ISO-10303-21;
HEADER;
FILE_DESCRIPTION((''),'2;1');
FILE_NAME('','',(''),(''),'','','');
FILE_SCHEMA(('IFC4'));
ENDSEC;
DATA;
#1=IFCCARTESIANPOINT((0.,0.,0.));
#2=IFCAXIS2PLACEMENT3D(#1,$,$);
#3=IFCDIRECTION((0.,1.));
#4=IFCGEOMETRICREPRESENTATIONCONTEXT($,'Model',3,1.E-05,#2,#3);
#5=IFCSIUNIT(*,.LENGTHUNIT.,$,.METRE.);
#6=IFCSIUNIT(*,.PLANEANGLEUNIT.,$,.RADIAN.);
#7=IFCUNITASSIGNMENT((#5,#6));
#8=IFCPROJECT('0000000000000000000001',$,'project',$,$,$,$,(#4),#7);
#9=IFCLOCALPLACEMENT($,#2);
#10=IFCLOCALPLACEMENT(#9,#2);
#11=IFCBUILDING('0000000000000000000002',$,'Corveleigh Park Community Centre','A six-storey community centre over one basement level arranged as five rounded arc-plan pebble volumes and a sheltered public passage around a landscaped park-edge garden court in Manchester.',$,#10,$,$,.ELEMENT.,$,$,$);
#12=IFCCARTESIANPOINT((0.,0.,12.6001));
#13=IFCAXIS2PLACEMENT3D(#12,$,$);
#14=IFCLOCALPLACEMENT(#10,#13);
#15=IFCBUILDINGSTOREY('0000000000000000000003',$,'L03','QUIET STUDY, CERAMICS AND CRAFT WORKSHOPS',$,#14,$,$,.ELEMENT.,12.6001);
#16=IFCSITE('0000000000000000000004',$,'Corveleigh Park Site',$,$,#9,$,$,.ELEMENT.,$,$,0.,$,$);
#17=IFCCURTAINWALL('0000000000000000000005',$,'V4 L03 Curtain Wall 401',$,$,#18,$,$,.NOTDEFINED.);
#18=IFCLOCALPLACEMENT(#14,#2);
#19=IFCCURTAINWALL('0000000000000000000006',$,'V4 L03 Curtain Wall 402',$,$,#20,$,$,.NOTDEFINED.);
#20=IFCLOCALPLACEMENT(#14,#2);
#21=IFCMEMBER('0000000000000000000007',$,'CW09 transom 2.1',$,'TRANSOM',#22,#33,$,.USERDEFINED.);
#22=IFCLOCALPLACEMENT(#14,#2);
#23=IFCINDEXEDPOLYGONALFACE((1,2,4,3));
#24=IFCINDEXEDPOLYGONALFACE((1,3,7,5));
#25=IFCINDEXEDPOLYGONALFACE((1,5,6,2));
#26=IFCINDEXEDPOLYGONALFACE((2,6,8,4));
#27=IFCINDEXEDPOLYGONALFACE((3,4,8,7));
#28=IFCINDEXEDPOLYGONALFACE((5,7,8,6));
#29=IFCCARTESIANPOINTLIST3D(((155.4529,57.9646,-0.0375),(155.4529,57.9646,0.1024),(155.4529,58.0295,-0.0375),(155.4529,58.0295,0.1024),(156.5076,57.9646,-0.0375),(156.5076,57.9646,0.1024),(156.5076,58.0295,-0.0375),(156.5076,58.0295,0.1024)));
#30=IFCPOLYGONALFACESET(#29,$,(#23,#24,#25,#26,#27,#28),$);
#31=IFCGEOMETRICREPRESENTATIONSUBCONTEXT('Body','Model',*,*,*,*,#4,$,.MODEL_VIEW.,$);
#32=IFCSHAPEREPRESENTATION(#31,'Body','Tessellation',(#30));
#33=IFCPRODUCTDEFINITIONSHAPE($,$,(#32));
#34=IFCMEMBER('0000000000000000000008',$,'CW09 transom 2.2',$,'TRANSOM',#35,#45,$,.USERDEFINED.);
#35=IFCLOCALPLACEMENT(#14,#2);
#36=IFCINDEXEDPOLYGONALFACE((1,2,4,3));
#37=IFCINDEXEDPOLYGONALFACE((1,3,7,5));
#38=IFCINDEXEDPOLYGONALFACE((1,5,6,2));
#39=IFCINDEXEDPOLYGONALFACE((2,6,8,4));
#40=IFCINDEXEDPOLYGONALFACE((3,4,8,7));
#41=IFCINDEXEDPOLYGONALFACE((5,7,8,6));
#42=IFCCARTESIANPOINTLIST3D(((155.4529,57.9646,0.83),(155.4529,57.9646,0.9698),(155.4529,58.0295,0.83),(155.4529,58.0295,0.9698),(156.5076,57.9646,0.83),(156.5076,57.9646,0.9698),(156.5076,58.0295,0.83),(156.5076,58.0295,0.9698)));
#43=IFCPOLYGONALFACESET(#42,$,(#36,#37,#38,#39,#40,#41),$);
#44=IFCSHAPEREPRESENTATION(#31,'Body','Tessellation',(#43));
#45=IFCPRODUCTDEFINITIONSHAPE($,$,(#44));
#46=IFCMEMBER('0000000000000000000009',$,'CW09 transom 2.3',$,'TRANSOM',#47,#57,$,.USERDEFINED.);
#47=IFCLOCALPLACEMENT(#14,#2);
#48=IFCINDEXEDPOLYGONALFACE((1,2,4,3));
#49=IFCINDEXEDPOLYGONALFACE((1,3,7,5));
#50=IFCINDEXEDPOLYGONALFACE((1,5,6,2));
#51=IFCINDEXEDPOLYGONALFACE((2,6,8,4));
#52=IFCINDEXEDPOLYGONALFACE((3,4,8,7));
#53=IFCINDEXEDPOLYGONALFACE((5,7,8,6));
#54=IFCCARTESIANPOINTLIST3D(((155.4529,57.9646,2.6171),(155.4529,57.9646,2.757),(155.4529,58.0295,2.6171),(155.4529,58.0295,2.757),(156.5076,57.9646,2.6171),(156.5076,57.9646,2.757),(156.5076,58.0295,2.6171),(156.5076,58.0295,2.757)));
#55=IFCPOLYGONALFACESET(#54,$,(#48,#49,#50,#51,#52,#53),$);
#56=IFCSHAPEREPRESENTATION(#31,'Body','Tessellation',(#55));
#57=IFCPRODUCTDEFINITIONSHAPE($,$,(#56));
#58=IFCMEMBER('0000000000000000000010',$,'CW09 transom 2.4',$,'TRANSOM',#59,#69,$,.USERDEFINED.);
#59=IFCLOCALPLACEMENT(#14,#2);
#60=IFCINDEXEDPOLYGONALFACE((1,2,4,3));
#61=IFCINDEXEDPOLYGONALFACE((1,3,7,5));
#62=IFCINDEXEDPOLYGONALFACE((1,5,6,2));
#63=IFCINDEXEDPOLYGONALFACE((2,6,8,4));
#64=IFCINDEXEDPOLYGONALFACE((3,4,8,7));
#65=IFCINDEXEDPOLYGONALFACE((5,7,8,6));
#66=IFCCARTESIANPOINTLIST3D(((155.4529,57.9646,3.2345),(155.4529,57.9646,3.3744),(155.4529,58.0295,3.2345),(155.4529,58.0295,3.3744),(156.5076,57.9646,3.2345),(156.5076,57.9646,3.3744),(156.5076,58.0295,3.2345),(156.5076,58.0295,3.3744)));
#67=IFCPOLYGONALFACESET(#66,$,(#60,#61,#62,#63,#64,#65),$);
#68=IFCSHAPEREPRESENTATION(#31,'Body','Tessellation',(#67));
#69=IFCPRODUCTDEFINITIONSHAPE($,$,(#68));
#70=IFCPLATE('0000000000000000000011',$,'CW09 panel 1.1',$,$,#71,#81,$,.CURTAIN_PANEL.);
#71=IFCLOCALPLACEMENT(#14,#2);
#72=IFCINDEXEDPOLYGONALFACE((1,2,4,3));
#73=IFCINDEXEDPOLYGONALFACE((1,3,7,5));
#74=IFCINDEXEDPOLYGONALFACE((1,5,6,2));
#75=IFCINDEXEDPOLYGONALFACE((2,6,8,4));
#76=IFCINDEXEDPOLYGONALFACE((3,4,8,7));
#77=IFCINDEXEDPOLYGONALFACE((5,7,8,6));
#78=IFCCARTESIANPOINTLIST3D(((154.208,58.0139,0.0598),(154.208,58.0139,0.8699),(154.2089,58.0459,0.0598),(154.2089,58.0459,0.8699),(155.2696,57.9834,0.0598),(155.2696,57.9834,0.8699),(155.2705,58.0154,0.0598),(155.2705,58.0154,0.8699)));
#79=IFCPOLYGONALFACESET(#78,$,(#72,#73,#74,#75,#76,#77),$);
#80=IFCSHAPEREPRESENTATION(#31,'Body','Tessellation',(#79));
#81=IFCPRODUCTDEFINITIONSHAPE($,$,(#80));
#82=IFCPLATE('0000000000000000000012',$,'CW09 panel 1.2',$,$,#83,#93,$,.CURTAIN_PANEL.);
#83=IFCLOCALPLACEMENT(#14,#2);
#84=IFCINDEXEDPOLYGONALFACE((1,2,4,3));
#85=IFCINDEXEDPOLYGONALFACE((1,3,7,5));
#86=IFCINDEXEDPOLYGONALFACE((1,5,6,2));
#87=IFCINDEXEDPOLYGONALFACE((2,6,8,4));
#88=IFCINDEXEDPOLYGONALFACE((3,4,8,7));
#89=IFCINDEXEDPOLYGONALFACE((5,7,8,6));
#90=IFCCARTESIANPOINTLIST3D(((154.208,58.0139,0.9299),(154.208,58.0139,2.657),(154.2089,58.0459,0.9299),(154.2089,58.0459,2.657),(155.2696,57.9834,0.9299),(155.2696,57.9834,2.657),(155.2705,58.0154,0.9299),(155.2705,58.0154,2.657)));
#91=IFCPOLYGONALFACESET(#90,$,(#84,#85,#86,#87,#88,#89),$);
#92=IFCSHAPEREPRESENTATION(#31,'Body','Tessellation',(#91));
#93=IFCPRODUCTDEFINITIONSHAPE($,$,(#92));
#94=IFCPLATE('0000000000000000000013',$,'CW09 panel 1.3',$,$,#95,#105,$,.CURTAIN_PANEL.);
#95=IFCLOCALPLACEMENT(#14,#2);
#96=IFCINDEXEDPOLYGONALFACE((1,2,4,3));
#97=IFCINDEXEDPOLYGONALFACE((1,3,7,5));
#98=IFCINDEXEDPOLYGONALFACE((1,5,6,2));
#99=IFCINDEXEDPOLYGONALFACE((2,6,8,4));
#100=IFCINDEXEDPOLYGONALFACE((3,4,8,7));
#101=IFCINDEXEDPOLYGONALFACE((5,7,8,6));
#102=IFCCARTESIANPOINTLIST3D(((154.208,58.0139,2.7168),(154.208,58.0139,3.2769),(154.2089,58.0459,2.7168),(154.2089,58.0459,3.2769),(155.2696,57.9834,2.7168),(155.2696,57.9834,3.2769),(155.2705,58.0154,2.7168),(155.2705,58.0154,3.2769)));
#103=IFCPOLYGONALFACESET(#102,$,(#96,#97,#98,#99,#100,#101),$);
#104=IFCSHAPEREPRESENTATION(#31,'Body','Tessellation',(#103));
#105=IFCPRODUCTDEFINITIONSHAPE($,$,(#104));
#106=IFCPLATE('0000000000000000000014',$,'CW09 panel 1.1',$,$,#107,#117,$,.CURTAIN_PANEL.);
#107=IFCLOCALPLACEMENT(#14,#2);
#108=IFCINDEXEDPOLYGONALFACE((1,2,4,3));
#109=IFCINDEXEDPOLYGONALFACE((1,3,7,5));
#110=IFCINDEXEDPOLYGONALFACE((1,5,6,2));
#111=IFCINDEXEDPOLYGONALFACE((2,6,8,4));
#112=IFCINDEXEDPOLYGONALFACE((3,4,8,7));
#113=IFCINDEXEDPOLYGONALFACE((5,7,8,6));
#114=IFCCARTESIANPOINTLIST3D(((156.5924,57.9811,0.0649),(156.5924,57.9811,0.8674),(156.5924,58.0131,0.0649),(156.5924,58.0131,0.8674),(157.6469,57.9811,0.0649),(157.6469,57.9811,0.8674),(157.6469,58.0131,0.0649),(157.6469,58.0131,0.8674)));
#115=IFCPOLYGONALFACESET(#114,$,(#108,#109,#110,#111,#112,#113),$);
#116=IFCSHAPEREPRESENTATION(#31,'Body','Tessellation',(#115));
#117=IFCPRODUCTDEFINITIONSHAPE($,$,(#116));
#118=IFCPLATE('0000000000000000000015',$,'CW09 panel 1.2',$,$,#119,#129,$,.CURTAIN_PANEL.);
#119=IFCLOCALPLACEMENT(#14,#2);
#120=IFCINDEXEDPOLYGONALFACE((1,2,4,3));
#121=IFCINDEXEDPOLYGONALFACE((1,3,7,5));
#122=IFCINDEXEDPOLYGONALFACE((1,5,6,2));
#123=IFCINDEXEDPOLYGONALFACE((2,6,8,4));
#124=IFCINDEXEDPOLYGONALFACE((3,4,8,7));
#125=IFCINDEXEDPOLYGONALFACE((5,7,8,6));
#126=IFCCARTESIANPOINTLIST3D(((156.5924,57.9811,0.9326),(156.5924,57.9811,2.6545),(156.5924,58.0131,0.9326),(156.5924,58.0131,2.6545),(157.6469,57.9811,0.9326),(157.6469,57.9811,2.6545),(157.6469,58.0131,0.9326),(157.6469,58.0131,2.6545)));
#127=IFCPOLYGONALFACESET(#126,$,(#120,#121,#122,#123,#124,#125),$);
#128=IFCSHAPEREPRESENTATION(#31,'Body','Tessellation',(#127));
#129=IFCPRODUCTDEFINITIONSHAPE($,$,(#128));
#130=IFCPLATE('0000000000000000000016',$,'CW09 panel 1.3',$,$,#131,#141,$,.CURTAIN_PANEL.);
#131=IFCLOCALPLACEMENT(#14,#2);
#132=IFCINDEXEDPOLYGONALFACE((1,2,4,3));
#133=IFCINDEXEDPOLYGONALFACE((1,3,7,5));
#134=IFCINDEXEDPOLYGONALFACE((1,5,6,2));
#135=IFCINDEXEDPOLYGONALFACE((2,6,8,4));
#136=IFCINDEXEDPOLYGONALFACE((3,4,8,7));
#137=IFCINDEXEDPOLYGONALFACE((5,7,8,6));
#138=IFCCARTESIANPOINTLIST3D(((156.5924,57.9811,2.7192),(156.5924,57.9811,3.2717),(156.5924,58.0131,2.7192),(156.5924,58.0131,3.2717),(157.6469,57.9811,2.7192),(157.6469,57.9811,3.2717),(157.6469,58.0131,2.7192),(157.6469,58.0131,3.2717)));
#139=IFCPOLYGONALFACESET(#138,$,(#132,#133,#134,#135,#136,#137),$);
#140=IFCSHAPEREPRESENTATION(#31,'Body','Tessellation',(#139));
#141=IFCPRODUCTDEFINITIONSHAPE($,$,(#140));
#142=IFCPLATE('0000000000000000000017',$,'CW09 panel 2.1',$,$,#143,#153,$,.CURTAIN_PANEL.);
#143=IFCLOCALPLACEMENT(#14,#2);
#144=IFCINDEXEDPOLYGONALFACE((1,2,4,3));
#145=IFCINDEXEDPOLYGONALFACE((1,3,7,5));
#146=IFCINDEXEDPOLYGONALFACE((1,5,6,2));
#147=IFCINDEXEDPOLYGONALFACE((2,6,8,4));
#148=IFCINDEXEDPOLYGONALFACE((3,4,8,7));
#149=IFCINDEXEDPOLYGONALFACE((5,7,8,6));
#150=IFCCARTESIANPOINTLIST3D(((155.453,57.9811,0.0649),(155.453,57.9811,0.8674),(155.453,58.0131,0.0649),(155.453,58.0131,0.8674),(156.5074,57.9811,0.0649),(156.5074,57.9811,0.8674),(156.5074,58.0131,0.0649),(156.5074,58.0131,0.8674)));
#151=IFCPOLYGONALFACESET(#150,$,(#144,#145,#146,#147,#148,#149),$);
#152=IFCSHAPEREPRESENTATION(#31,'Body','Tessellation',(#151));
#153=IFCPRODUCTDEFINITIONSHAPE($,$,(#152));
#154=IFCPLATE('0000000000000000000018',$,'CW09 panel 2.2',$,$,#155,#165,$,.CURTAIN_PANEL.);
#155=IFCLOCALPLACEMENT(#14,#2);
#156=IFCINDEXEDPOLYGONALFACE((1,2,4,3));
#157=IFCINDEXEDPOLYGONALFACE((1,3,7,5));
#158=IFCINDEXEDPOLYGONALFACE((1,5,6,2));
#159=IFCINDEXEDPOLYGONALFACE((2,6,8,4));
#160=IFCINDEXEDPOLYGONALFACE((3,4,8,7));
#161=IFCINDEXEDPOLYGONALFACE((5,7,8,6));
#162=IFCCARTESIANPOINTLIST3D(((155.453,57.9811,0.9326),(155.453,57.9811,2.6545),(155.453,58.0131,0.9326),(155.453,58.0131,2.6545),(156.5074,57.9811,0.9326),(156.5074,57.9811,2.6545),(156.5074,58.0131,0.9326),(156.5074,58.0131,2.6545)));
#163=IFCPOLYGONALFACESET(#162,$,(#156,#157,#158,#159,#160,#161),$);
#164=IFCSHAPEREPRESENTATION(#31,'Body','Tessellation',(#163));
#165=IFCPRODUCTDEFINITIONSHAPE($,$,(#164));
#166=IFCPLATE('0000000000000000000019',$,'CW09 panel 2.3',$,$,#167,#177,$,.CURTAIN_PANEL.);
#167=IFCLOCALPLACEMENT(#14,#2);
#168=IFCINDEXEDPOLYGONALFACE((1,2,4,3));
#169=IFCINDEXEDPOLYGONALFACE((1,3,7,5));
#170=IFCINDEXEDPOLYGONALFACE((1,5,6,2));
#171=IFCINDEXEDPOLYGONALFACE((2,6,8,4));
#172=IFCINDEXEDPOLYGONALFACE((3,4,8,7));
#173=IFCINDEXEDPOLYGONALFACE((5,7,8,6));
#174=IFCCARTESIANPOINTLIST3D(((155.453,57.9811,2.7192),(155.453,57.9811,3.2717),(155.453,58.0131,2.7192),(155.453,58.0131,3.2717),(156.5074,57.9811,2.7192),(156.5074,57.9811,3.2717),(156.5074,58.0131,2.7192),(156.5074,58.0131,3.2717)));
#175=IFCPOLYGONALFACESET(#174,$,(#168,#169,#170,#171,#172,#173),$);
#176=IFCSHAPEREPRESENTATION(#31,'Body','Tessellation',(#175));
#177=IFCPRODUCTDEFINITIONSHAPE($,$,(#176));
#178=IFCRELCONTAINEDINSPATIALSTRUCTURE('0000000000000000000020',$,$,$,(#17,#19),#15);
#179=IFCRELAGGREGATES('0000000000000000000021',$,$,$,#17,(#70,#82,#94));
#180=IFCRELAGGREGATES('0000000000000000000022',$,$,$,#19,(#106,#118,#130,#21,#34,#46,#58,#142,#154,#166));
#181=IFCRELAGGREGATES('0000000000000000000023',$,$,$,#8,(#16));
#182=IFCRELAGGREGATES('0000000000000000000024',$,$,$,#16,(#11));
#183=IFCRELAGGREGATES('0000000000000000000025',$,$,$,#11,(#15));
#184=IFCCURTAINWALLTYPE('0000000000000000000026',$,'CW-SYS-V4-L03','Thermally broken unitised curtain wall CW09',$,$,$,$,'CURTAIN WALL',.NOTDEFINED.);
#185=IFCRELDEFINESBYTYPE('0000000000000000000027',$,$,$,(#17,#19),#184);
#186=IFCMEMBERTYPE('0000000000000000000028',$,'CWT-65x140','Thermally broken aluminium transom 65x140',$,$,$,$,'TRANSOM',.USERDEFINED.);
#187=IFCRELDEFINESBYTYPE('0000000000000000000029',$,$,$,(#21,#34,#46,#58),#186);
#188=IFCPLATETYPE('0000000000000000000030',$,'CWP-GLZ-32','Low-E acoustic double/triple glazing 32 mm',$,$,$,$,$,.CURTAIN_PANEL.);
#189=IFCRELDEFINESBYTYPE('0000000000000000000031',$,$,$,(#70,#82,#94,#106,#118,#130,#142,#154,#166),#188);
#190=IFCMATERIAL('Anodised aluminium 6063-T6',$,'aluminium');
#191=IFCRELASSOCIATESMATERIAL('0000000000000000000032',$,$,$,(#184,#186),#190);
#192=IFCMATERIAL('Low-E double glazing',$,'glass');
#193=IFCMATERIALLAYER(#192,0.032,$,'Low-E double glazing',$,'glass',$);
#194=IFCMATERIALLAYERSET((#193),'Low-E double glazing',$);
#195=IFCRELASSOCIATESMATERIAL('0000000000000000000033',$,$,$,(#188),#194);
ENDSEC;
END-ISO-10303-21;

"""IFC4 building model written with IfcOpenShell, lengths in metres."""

from ifc_helpers import new_model, si_unit, direction, frame, origin, origin_2d, place, context, subcontext, project, spatial, rectangle, extrude, material, layer, layer_set, material_profile, profile_set, type_object, element, aggregate, save


model = new_model("IFC4")

# Units and contexts
model_context = context("Model", 3, precision=1e-05, world=origin(), true_north=direction((0.0, 1.0)))
body_context = subcontext(model_context, "Body", "Model", "MODEL_VIEW")
ifc_project = project(units=[si_unit("LENGTHUNIT", "METRE"), si_unit("PLANEANGLEUNIT", "RADIAN")], contexts=[model_context])

# Site, building, storey
site_placement = place(None, origin())
site = spatial("IfcSite", under=ifc_project, at=site_placement, Name="Corveleigh Park Site", CompositionType="ELEMENT", RefElevation=0.0)
building_placement = place(site_placement, origin())
building = spatial("IfcBuilding", under=site, at=building_placement, Name="Corveleigh Park Community Centre", Description="A six-storey community centre over one basement level arranged as five rounded arc-plan pebble volumes and a sheltered public passage around a landscaped park-edge garden court in Manchester.", CompositionType="ELEMENT")
storey_placement = place(building_placement, frame((0.0, 0.0, 12.6001)))
storey = spatial("IfcBuildingStorey", under=building, at=storey_placement, Name="L03", Description="QUIET STUDY, CERAMICS AND CRAFT WORKSHOPS", CompositionType="ELEMENT", Elevation=12.6001)

# Curtain walls
ifc_material_1 = material(Name="Anodised aluminium 6063-T6", Category="aluminium")
curtain_wall_type = type_object("IfcCurtainWallType", Name="CW-SYS-V4-L03", Description="Thermally broken unitised curtain wall CW09", ElementType="CURTAIN WALL", PredefinedType="NOTDEFINED", material=ifc_material_1)
curtain_wall_1_placement = place(storey_placement, origin())
curtain_wall_1 = element("IfcCurtainWall", 1, at=curtain_wall_1_placement, inside=storey, type_object=curtain_wall_type, Name="V4 L03 Curtain Wall 401", PredefinedType="NOTDEFINED")
curtain_wall_2_placement = place(storey_placement, origin())
curtain_wall_2 = element("IfcCurtainWall", 2, at=curtain_wall_2_placement, inside=storey, type_object=curtain_wall_type, Name="V4 L03 Curtain Wall 402", PredefinedType="NOTDEFINED")

# Members
ifc_material_profile_1 = material_profile(ifc_material_1, rectangle(XDim=0.0649, YDim=0.1399, at=origin_2d()), Name="ALU-T65x140", Category="aluminium")
ifc_profile_set_1 = profile_set([ifc_material_profile_1], Name="Anodised aluminium 6063-T6")
member_type_1 = type_object("IfcMemberType", Name="CWT-65x140", Description="Thermally broken aluminium transom 65x140", ElementType="TRANSOM", PredefinedType="USERDEFINED", material=ifc_profile_set_1)
member_1_placement = place(storey_placement, frame((156.5076, 57.9971, 0.0325), z_axis=(-1.0, 0.0, 0.0), x_axis=(0.0, -1.0, 0.0)))
member_1 = element("IfcMember", 3, at=member_1_placement, type_object=member_type_1, Name="CW09 transom 2.1", ObjectType="TRANSOM", PredefinedType="USERDEFINED", context=body_context, shape_type="SweptSolid", body=[
    extrude(rectangle(XDim=0.0649, YDim=0.1399, at=origin_2d()), origin(), (0.0, 0.0, 1.0), 1.0547),
])
member_2_placement = place(storey_placement, frame((156.5076, 57.9971, 0.8999), z_axis=(-1.0, 0.0, 0.0), x_axis=(0.0, -1.0, 0.0)))
member_2 = element("IfcMember", 4, at=member_2_placement, type_object=member_type_1, Name="CW09 transom 2.2", ObjectType="TRANSOM", PredefinedType="USERDEFINED", context=body_context, shape_type="SweptSolid", body=[
    extrude(rectangle(XDim=0.0649, YDim=0.1399, at=origin_2d()), origin(), (0.0, 0.0, 1.0), 1.0547),
])
member_3_placement = place(storey_placement, frame((156.5076, 57.9971, 2.687), z_axis=(-1.0, 0.0, 0.0), x_axis=(0.0, -1.0, 0.0)))
member_3 = element("IfcMember", 5, at=member_3_placement, type_object=member_type_1, Name="CW09 transom 2.3", ObjectType="TRANSOM", PredefinedType="USERDEFINED", context=body_context, shape_type="SweptSolid", body=[
    extrude(rectangle(XDim=0.0649, YDim=0.1399, at=origin_2d()), origin(), (0.0, 0.0, 1.0), 1.0547),
])
member_4_placement = place(storey_placement, frame((156.5076, 57.9971, 3.3044), z_axis=(-1.0, 0.0, 0.0), x_axis=(0.0, -1.0, 0.0)))
member_4 = element("IfcMember", 6, at=member_4_placement, type_object=member_type_1, Name="CW09 transom 2.4", ObjectType="TRANSOM", PredefinedType="USERDEFINED", context=body_context, shape_type="SweptSolid", body=[
    extrude(rectangle(XDim=0.0649, YDim=0.1399, at=origin_2d()), origin(), (0.0, 0.0, 1.0), 1.0547),
])

# Plates
ifc_material_2 = material(Name="Low-E double glazing", Category="glass")
ifc_layer = layer(ifc_material_2, 0.032, Name="Low-E double glazing", Category="glass")
ifc_layer_set = layer_set([ifc_layer], Name="Low-E double glazing")
plate_type = type_object("IfcPlateType", Name="CWP-GLZ-32", Description="Low-E acoustic double/triple glazing 32 mm", PredefinedType="CURTAIN_PANEL", material=ifc_layer_set)
plate_1_placement = place(storey_placement, frame((154.7393, 58.0146, 0.0598), z_axis=(0.0, 0.0, 1.0), x_axis=(-0.999586, 0.028765, 0.0)))
plate_1 = element("IfcPlate", 7, at=plate_1_placement, type_object=plate_type, Name="CW09 panel 1.1", PredefinedType="CURTAIN_PANEL", context=body_context, shape_type="SweptSolid", body=[
    extrude(rectangle(XDim=1.062, YDim=0.032, at=origin_2d()), origin(), (0.0, 0.0, 1.0), 0.8101),
])
plate_2_placement = place(storey_placement, frame((154.7393, 58.0146, 0.9299), z_axis=(0.0, 0.0, 1.0), x_axis=(-0.999586, 0.028765, 0.0)))
plate_2 = element("IfcPlate", 8, at=plate_2_placement, type_object=plate_type, Name="CW09 panel 1.2", PredefinedType="CURTAIN_PANEL", context=body_context, shape_type="SweptSolid", body=[
    extrude(rectangle(XDim=1.062, YDim=0.032, at=origin_2d()), origin(), (0.0, 0.0, 1.0), 1.7271),
])
plate_3_placement = place(storey_placement, frame((154.7393, 58.0146, 2.7168), z_axis=(0.0, 0.0, 1.0), x_axis=(-0.999586, 0.028765, 0.0)))
plate_3 = element("IfcPlate", 9, at=plate_3_placement, type_object=plate_type, Name="CW09 panel 1.3", PredefinedType="CURTAIN_PANEL", context=body_context, shape_type="SweptSolid", body=[
    extrude(rectangle(XDim=1.062, YDim=0.032, at=origin_2d()), origin(), (0.0, 0.0, 1.0), 0.5601),
])
aggregate(curtain_wall_1, [plate_1, plate_2, plate_3])
plate_4_placement = place(storey_placement, frame((157.1196, 57.9971, 0.0649), z_axis=(0.0, 0.0, 1.0), x_axis=(-1.0, 0.0, 0.0)))
plate_4 = element("IfcPlate", 10, at=plate_4_placement, type_object=plate_type, Name="CW09 panel 1.1", PredefinedType="CURTAIN_PANEL", context=body_context, shape_type="SweptSolid", body=[
    extrude(rectangle(XDim=1.0544, YDim=0.032, at=origin_2d()), origin(), (0.0, 0.0, 1.0), 0.8025),
])
plate_5_placement = place(storey_placement, frame((157.1196, 57.9971, 0.9326), z_axis=(0.0, 0.0, 1.0), x_axis=(-1.0, 0.0, 0.0)))
plate_5 = element("IfcPlate", 11, at=plate_5_placement, type_object=plate_type, Name="CW09 panel 1.2", PredefinedType="CURTAIN_PANEL", context=body_context, shape_type="SweptSolid", body=[
    extrude(rectangle(XDim=1.0544, YDim=0.032, at=origin_2d()), origin(), (0.0, 0.0, 1.0), 1.7219),
])
plate_6_placement = place(storey_placement, frame((157.1196, 57.9971, 2.7192), z_axis=(0.0, 0.0, 1.0), x_axis=(-1.0, 0.0, 0.0)))
plate_6 = element("IfcPlate", 12, at=plate_6_placement, type_object=plate_type, Name="CW09 panel 1.3", PredefinedType="CURTAIN_PANEL", context=body_context, shape_type="SweptSolid", body=[
    extrude(rectangle(XDim=1.0544, YDim=0.032, at=origin_2d()), origin(), (0.0, 0.0, 1.0), 0.5525),
])
plate_7_placement = place(storey_placement, frame((155.9802, 57.9971, 0.0649), z_axis=(0.0, 0.0, 1.0), x_axis=(-1.0, 0.0, 0.0)))
plate_7 = element("IfcPlate", 13, at=plate_7_placement, type_object=plate_type, Name="CW09 panel 2.1", PredefinedType="CURTAIN_PANEL", context=body_context, shape_type="SweptSolid", body=[
    extrude(rectangle(XDim=1.0544, YDim=0.032, at=origin_2d()), origin(), (0.0, 0.0, 1.0), 0.8025),
])
plate_8_placement = place(storey_placement, frame((155.9802, 57.9971, 0.9326), z_axis=(0.0, 0.0, 1.0), x_axis=(-1.0, 0.0, 0.0)))
plate_8 = element("IfcPlate", 14, at=plate_8_placement, type_object=plate_type, Name="CW09 panel 2.2", PredefinedType="CURTAIN_PANEL", context=body_context, shape_type="SweptSolid", body=[
    extrude(rectangle(XDim=1.0544, YDim=0.032, at=origin_2d()), origin(), (0.0, 0.0, 1.0), 1.7219),
])
plate_9_placement = place(storey_placement, frame((155.9802, 57.9971, 2.7192), z_axis=(0.0, 0.0, 1.0), x_axis=(-1.0, 0.0, 0.0)))
plate_9 = element("IfcPlate", 15, at=plate_9_placement, type_object=plate_type, Name="CW09 panel 2.3", PredefinedType="CURTAIN_PANEL", context=body_context, shape_type="SweptSolid", body=[
    extrude(rectangle(XDim=1.0544, YDim=0.032, at=origin_2d()), origin(), (0.0, 0.0, 1.0), 0.5525),
])
aggregate(curtain_wall_2, [plate_4, plate_5, plate_6, member_1, member_2, member_3, member_4, plate_7, plate_8, plate_9])

save(model, "model.ifc")
